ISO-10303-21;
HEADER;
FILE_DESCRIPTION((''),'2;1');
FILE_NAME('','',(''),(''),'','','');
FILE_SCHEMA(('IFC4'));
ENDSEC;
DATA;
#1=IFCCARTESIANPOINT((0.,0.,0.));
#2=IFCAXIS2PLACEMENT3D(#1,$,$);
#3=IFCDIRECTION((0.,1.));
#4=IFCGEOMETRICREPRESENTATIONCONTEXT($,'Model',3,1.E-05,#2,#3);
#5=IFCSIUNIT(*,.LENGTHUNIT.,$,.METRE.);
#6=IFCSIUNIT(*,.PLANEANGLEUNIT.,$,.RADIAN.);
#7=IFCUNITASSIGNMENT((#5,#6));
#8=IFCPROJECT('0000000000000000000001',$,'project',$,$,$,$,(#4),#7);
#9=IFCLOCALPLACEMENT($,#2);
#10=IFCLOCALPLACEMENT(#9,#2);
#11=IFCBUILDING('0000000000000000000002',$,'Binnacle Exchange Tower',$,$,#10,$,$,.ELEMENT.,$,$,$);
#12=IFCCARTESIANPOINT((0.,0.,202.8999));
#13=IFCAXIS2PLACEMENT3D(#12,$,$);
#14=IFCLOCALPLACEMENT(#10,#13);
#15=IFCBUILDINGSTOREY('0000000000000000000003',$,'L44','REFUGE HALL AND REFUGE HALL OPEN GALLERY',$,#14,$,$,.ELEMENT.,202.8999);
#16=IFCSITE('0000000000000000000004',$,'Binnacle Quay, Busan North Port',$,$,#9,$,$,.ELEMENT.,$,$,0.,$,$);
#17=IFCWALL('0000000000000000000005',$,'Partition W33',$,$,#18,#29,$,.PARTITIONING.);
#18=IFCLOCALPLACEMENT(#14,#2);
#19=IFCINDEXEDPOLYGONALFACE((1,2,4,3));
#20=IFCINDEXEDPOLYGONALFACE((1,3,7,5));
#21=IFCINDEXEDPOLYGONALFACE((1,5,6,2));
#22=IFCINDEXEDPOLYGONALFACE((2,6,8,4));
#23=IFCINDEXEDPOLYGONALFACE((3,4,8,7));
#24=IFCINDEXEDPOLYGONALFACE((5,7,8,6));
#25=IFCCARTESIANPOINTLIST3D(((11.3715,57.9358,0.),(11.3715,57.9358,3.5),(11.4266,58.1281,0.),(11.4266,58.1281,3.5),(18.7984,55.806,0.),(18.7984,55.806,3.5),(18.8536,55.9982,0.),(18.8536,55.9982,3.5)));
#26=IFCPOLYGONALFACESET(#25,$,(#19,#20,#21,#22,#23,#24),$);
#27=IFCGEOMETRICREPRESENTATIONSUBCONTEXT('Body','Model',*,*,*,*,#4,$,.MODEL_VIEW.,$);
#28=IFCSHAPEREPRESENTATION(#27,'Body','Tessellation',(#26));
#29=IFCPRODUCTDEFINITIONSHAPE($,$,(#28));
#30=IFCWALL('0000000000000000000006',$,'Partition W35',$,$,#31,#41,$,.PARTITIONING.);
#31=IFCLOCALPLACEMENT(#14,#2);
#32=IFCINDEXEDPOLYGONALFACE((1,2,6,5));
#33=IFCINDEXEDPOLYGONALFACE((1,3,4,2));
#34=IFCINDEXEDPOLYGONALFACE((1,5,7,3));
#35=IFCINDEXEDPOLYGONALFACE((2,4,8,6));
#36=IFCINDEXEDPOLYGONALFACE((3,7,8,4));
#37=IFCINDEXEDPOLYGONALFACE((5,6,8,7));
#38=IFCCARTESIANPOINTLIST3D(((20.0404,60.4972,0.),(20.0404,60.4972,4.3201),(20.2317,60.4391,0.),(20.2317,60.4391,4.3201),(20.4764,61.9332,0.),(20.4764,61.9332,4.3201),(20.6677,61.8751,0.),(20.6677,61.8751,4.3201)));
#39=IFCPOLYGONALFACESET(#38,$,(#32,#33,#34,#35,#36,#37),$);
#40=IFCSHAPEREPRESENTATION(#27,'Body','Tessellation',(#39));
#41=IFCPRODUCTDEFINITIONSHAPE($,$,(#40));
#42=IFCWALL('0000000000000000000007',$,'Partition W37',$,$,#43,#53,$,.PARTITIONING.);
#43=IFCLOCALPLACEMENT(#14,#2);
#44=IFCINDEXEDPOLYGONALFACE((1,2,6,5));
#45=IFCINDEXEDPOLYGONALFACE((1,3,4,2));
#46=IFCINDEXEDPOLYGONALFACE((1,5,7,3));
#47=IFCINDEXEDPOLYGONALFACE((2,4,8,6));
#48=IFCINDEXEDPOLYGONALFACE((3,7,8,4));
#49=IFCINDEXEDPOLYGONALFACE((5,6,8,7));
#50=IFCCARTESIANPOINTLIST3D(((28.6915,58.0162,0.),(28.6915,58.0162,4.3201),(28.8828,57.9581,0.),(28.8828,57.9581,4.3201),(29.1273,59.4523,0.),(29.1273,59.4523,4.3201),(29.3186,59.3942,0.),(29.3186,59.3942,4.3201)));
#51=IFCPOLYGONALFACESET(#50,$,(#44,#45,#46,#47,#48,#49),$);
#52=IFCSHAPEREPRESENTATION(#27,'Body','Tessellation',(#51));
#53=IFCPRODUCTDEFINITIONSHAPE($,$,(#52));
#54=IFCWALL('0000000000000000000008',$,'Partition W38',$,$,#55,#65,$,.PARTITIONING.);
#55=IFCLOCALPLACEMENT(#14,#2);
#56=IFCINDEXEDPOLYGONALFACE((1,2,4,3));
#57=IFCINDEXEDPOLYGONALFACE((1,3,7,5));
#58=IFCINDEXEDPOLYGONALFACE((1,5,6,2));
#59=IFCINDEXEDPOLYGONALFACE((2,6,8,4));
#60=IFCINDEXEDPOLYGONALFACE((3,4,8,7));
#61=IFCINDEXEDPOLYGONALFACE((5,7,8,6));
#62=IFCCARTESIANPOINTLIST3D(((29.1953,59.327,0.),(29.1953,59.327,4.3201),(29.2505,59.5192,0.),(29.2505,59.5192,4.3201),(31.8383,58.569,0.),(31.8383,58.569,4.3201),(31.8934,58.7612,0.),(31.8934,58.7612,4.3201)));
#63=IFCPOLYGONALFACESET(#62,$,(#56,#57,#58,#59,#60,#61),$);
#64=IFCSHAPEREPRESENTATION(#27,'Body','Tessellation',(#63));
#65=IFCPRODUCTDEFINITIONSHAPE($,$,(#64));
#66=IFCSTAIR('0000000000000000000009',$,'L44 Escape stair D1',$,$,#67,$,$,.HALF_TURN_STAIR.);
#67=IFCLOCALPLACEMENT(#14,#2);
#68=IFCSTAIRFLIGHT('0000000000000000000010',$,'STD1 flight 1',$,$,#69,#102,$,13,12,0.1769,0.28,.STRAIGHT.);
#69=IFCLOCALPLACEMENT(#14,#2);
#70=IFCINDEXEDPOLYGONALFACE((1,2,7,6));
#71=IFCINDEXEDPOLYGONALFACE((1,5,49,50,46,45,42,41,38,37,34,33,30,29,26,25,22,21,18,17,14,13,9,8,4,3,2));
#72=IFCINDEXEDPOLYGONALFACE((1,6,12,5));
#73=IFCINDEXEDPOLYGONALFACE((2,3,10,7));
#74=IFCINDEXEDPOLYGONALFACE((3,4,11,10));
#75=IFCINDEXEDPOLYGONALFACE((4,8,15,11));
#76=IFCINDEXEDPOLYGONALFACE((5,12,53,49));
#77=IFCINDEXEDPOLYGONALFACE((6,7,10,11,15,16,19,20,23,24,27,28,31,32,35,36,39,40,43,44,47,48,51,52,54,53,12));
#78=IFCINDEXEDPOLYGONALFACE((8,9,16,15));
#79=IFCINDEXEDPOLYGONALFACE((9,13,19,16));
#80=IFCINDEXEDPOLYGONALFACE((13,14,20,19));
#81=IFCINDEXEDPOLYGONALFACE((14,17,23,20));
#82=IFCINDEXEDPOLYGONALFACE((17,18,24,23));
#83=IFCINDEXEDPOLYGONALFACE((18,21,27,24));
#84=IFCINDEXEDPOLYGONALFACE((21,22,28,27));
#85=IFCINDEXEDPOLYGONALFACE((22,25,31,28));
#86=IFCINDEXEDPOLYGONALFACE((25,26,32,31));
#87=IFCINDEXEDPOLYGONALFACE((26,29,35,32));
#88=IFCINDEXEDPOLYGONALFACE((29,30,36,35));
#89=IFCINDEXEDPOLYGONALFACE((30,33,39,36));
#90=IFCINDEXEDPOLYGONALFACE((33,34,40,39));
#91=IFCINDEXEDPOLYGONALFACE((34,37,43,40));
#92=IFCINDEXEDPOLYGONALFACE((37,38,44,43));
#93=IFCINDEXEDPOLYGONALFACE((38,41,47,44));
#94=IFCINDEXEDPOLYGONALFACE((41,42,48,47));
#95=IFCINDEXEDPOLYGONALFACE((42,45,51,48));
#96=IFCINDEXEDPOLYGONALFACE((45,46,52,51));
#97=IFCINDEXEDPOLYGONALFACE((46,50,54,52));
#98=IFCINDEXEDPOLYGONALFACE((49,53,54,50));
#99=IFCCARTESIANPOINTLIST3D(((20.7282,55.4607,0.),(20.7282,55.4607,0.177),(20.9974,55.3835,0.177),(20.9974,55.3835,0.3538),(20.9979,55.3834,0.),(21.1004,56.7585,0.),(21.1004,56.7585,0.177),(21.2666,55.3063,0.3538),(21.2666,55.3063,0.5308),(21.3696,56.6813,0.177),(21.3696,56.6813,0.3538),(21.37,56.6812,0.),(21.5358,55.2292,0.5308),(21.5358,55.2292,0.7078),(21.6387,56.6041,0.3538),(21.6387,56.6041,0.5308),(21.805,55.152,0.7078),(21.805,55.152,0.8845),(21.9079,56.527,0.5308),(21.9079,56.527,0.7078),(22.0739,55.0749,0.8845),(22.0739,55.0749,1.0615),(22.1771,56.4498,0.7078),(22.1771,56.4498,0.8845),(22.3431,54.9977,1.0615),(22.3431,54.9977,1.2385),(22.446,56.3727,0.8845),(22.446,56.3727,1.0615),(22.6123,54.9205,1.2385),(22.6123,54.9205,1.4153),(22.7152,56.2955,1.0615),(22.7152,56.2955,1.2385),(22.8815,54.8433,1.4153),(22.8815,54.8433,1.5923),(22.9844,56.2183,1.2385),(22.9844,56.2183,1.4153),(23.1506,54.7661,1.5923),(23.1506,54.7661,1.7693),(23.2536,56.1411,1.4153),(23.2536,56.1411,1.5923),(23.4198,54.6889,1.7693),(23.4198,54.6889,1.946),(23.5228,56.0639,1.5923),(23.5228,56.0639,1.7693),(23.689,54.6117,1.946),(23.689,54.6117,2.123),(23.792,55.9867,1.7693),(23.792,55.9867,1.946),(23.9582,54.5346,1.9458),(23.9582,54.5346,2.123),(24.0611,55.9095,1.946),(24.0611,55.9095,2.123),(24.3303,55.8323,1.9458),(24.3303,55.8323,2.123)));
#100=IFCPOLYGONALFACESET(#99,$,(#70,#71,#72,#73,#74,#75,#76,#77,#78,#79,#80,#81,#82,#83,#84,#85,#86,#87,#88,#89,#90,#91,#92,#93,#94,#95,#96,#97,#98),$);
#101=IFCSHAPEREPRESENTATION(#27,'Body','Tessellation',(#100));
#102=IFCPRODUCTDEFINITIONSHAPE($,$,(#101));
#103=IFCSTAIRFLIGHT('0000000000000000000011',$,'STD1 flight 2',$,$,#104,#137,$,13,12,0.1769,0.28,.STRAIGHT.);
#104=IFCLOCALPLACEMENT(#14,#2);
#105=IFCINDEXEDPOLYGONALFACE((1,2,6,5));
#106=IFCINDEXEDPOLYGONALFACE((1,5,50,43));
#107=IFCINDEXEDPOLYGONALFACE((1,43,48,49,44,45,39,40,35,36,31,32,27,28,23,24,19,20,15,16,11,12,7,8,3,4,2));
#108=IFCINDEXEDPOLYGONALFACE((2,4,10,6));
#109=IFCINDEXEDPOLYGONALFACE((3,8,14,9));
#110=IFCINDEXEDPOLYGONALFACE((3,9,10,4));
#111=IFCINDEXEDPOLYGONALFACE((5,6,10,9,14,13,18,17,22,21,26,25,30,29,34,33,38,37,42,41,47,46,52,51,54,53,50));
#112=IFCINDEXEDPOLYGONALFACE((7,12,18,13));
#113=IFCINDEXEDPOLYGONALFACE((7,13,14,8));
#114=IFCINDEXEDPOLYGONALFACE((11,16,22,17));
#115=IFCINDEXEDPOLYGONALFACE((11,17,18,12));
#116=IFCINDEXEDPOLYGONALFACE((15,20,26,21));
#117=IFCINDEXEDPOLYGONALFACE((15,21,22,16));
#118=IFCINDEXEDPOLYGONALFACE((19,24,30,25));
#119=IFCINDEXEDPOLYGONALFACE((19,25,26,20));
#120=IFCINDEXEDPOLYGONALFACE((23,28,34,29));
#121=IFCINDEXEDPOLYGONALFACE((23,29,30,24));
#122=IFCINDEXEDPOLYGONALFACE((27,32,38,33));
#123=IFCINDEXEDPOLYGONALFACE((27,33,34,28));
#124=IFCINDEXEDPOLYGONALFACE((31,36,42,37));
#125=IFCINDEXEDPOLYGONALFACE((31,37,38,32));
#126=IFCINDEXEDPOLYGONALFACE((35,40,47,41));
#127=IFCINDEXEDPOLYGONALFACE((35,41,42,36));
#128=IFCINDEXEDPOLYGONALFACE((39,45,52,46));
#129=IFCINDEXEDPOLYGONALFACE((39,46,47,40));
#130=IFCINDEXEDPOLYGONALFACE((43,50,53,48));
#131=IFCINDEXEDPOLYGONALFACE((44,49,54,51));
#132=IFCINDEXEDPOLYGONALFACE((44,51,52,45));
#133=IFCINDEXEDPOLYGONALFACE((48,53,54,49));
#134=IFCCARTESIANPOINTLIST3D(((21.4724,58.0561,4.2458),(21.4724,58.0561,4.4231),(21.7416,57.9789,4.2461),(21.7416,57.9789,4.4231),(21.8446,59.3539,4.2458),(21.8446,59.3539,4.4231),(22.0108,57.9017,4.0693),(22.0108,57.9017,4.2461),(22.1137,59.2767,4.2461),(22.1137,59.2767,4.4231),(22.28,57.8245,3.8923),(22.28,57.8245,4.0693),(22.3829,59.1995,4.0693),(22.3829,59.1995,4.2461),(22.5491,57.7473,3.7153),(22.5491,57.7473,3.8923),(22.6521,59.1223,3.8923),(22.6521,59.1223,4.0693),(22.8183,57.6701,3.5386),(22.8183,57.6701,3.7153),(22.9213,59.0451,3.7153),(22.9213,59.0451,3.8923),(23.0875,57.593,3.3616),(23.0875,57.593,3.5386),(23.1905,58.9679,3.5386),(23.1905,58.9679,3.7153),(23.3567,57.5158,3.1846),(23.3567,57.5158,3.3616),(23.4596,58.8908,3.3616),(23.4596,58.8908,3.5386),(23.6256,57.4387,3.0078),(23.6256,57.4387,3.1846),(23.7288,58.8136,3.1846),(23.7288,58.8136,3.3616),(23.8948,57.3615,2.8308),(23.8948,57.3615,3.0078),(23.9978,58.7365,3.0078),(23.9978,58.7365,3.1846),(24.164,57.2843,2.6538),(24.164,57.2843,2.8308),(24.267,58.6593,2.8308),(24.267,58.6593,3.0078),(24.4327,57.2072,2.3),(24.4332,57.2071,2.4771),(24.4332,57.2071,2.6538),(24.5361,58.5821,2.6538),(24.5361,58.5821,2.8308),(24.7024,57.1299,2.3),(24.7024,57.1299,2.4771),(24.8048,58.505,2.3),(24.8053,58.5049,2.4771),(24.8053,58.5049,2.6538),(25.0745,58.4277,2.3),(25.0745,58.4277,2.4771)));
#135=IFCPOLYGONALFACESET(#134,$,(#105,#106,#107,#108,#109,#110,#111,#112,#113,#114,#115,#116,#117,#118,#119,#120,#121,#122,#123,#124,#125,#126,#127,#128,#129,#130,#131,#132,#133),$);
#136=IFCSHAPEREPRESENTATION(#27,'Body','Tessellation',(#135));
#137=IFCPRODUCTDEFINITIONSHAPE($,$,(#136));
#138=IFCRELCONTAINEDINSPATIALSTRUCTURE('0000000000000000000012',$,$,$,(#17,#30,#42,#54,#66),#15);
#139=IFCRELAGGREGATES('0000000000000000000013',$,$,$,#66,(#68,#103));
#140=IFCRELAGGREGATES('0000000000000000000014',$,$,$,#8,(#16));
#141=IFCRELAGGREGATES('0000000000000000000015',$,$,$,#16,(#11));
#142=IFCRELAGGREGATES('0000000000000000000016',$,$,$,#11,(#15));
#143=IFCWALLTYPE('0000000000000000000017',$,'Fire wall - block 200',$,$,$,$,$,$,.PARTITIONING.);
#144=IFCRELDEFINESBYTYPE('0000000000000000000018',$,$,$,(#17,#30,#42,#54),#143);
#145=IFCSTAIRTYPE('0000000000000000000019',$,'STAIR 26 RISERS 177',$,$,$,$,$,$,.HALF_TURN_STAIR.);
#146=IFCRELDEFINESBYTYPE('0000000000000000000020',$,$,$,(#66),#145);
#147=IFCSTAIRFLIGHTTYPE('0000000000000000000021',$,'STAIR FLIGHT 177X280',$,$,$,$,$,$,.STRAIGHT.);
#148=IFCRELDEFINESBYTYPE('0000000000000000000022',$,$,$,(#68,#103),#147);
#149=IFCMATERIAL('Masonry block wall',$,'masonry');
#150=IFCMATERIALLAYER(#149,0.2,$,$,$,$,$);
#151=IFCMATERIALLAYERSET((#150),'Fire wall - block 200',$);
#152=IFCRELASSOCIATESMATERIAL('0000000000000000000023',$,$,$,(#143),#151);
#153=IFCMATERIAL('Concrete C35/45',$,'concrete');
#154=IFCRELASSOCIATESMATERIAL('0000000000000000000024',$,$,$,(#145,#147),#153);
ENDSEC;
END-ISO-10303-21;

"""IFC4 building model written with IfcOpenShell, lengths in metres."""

from ifc_helpers import new_model, si_unit, direction, frame, frame_2d, origin, place, context, subcontext, project, spatial, polyline, rectangle, outline, extrude, material, layer, layer_set, type_object, element, aggregate, save


model = new_model("IFC4")

# Units and contexts
model_context = context("Model", 3, precision=1e-05, world=origin(), true_north=direction((0.0, 1.0)))
body_context = subcontext(model_context, "Body", "Model", "MODEL_VIEW")
ifc_project = project(units=[si_unit("LENGTHUNIT", "METRE"), si_unit("PLANEANGLEUNIT", "RADIAN")], contexts=[model_context])

# Site, building, storey
site_placement = place(None, origin())
site = spatial("IfcSite", under=ifc_project, at=site_placement, Name="Binnacle Quay, Busan North Port", CompositionType="ELEMENT", RefElevation=0.0)
building_placement = place(site_placement, origin())
building = spatial("IfcBuilding", under=site, at=building_placement, Name="Binnacle Exchange Tower", CompositionType="ELEMENT")
storey_placement = place(building_placement, frame((0.0, 0.0, 202.8999)))
storey = spatial("IfcBuildingStorey", under=building, at=storey_placement, Name="L44", Description="REFUGE HALL AND REFUGE HALL OPEN GALLERY", CompositionType="ELEMENT", Elevation=202.8999)

# Shared definitions
ifc_material_1 = material(Name="Masonry block wall", Category="masonry")
ifc_layer_1 = layer(ifc_material_1, 0.2)
ifc_layer_set_1 = layer_set([ifc_layer_1], Name="Fire wall - block 200")
wall_type_1 = type_object("IfcWallType", Name="Fire wall - block 200", PredefinedType="PARTITIONING", material=ifc_layer_set_1)

# Walls
wall_1_placement = place(storey_placement, frame((11.3989, 58.032, 0.0), z_axis=(0.0, 0.0, 1.0), x_axis=(0.961254, -0.275664, 0.0)))
element("IfcWall", 1, at=wall_1_placement, inside=storey, type_object=wall_type_1, Name="Partition W33", PredefinedType="PARTITIONING", context=body_context, shape_type="SweptSolid", body=[
    extrude(rectangle(XDim=7.7263, YDim=0.2, at=frame_2d((3.8633, 0.0))), origin(), (0.0, 0.0, 1.0), 3.5),
])
for number, where, z_axis, x_axis, name in (
    (2, (20.136, 60.468, 0.0), (0.0, 0.0, 1.0), (0.29054, 0.956863, 0.0), "Partition W35"),
    (3, (28.7871, 57.9871, 0.0), (0.0, 0.0, 1.0), (0.290391, 0.956908, 0.0), "Partition W37"),
):
    element("IfcWall", number, at=place(storey_placement, frame(where, z_axis=z_axis, x_axis=x_axis)), inside=storey, type_object=wall_type_1, Name=name, PredefinedType="PARTITIONING", context=body_context, shape_type="SweptSolid", body=[
        extrude(rectangle(XDim=1.5007, YDim=0.2, at=frame_2d((0.7505, 0.0))), origin(), (0.0, 0.0, 1.0), 4.3201),
    ])
wall_2_placement = place(storey_placement, frame((29.2229, 59.4231, 0.0), z_axis=(0.0, 0.0, 1.0), x_axis=(0.961245, -0.275694, 0.0)))
element("IfcWall", 4, at=wall_2_placement, inside=storey, type_object=wall_type_1, Name="Partition W38", PredefinedType="PARTITIONING", context=body_context, shape_type="SweptSolid", body=[
    extrude(rectangle(XDim=2.7495, YDim=0.2, at=frame_2d((1.3748, 0.0))), origin(), (0.0, 0.0, 1.0), 4.3201),
])

# Stair, stair flights
ifc_material_2 = material(Name="Concrete C35/45", Category="concrete")
stair_type = type_object("IfcStairType", Name="STAIR 26 RISERS 177", PredefinedType="HALF_TURN_STAIR", material=ifc_material_2)
stair_placement = place(storey_placement, origin())
stair = element("IfcStair", 5, at=stair_placement, inside=storey, type_object=stair_type, Name="L44 Escape stair D1", PredefinedType="HALF_TURN_STAIR")
stair_flight_type = type_object("IfcStairFlightType", Name="STAIR FLIGHT 177X280", PredefinedType="STRAIGHT", material=ifc_material_2)
stair_flight_1_placement = place(storey_placement, frame((20.9143, 56.1096, 0.0), z_axis=(0.0, 0.0, 1.0), x_axis=(0.961262, -0.275637, 0.0)))
stair_flight_1 = element("IfcStairFlight", 6, at=stair_flight_1_placement, type_object=stair_flight_type, Name="STD1 flight 1", NumberOfRisers=13, NumberOfTreads=12, PredefinedType="STRAIGHT", RiserHeight=0.1769, TreadLength=0.28, context=body_context, shape_type="SweptSolid", body=[
    extrude(outline(polyline([(0.0, 0.0), (0.0, 0.177), (0.28, 0.177), (0.28, 0.3538), (0.5601, 0.3538), (0.5601, 0.5308), (0.8401, 0.5308), (0.8401, 0.7078), (1.1201, 0.7078), (1.1201, 0.8845), (1.3999, 0.8845), (1.3999, 1.0615), (1.6799, 1.0615), (1.6799, 1.2385), (1.96, 1.2385), (1.96, 1.4153), (2.24, 1.4153), (2.24, 1.5923), (2.52, 1.5923), (2.52, 1.7693), (2.8, 1.7693), (2.8, 1.946), (3.0801, 1.946), (3.0801, 2.123), (3.3601, 2.123), (3.3601, 2.3), (3.3601, 1.9458), (0.2805, 0.0), (0.0, 0.0)])), frame((0.0, 0.675, 0.0), z_axis=(0.0, -1.0, 0.0), x_axis=(1.0, 0.0, 0.0)), (0.0, 0.0, 1.0), 1.3501),
])
stair_flight_2_placement = place(storey_placement, frame((24.8884, 57.7788, 2.3), z_axis=(0.0, 0.0, 1.0), x_axis=(-0.961262, 0.275637, 0.0)))
stair_flight_2 = element("IfcStairFlight", 7, at=stair_flight_2_placement, type_object=stair_flight_type, Name="STD1 flight 2", NumberOfRisers=13, NumberOfTreads=12, PredefinedType="STRAIGHT", RiserHeight=0.1769, TreadLength=0.28, context=body_context, shape_type="SweptSolid", body=[
    extrude(outline(polyline([(0.0, 0.0), (0.0, 0.177), (0.28, 0.177), (0.28, 0.3538), (0.5601, 0.3538), (0.5601, 0.5308), (0.8401, 0.5308), (0.8401, 0.7078), (1.1201, 0.7078), (1.1201, 0.8845), (1.3999, 0.8845), (1.3999, 1.0615), (1.6799, 1.0615), (1.6799, 1.2385), (1.96, 1.2385), (1.96, 1.4153), (2.24, 1.4153), (2.24, 1.5923), (2.52, 1.5923), (2.52, 1.7693), (2.8, 1.7693), (2.8, 1.946), (3.0801, 1.946), (3.0801, 2.123), (3.3601, 2.123), (3.3601, 2.3), (3.3601, 1.9458), (0.2805, 0.0), (0.0, 0.0)])), frame((0.0, 0.675, 0.0), z_axis=(0.0, -1.0, 0.0), x_axis=(1.0, 0.0, 0.0)), (0.0, 0.0, 1.0), 1.3501),
])
aggregate(stair, [stair_flight_1, stair_flight_2])

save(model, "model.ifc")
